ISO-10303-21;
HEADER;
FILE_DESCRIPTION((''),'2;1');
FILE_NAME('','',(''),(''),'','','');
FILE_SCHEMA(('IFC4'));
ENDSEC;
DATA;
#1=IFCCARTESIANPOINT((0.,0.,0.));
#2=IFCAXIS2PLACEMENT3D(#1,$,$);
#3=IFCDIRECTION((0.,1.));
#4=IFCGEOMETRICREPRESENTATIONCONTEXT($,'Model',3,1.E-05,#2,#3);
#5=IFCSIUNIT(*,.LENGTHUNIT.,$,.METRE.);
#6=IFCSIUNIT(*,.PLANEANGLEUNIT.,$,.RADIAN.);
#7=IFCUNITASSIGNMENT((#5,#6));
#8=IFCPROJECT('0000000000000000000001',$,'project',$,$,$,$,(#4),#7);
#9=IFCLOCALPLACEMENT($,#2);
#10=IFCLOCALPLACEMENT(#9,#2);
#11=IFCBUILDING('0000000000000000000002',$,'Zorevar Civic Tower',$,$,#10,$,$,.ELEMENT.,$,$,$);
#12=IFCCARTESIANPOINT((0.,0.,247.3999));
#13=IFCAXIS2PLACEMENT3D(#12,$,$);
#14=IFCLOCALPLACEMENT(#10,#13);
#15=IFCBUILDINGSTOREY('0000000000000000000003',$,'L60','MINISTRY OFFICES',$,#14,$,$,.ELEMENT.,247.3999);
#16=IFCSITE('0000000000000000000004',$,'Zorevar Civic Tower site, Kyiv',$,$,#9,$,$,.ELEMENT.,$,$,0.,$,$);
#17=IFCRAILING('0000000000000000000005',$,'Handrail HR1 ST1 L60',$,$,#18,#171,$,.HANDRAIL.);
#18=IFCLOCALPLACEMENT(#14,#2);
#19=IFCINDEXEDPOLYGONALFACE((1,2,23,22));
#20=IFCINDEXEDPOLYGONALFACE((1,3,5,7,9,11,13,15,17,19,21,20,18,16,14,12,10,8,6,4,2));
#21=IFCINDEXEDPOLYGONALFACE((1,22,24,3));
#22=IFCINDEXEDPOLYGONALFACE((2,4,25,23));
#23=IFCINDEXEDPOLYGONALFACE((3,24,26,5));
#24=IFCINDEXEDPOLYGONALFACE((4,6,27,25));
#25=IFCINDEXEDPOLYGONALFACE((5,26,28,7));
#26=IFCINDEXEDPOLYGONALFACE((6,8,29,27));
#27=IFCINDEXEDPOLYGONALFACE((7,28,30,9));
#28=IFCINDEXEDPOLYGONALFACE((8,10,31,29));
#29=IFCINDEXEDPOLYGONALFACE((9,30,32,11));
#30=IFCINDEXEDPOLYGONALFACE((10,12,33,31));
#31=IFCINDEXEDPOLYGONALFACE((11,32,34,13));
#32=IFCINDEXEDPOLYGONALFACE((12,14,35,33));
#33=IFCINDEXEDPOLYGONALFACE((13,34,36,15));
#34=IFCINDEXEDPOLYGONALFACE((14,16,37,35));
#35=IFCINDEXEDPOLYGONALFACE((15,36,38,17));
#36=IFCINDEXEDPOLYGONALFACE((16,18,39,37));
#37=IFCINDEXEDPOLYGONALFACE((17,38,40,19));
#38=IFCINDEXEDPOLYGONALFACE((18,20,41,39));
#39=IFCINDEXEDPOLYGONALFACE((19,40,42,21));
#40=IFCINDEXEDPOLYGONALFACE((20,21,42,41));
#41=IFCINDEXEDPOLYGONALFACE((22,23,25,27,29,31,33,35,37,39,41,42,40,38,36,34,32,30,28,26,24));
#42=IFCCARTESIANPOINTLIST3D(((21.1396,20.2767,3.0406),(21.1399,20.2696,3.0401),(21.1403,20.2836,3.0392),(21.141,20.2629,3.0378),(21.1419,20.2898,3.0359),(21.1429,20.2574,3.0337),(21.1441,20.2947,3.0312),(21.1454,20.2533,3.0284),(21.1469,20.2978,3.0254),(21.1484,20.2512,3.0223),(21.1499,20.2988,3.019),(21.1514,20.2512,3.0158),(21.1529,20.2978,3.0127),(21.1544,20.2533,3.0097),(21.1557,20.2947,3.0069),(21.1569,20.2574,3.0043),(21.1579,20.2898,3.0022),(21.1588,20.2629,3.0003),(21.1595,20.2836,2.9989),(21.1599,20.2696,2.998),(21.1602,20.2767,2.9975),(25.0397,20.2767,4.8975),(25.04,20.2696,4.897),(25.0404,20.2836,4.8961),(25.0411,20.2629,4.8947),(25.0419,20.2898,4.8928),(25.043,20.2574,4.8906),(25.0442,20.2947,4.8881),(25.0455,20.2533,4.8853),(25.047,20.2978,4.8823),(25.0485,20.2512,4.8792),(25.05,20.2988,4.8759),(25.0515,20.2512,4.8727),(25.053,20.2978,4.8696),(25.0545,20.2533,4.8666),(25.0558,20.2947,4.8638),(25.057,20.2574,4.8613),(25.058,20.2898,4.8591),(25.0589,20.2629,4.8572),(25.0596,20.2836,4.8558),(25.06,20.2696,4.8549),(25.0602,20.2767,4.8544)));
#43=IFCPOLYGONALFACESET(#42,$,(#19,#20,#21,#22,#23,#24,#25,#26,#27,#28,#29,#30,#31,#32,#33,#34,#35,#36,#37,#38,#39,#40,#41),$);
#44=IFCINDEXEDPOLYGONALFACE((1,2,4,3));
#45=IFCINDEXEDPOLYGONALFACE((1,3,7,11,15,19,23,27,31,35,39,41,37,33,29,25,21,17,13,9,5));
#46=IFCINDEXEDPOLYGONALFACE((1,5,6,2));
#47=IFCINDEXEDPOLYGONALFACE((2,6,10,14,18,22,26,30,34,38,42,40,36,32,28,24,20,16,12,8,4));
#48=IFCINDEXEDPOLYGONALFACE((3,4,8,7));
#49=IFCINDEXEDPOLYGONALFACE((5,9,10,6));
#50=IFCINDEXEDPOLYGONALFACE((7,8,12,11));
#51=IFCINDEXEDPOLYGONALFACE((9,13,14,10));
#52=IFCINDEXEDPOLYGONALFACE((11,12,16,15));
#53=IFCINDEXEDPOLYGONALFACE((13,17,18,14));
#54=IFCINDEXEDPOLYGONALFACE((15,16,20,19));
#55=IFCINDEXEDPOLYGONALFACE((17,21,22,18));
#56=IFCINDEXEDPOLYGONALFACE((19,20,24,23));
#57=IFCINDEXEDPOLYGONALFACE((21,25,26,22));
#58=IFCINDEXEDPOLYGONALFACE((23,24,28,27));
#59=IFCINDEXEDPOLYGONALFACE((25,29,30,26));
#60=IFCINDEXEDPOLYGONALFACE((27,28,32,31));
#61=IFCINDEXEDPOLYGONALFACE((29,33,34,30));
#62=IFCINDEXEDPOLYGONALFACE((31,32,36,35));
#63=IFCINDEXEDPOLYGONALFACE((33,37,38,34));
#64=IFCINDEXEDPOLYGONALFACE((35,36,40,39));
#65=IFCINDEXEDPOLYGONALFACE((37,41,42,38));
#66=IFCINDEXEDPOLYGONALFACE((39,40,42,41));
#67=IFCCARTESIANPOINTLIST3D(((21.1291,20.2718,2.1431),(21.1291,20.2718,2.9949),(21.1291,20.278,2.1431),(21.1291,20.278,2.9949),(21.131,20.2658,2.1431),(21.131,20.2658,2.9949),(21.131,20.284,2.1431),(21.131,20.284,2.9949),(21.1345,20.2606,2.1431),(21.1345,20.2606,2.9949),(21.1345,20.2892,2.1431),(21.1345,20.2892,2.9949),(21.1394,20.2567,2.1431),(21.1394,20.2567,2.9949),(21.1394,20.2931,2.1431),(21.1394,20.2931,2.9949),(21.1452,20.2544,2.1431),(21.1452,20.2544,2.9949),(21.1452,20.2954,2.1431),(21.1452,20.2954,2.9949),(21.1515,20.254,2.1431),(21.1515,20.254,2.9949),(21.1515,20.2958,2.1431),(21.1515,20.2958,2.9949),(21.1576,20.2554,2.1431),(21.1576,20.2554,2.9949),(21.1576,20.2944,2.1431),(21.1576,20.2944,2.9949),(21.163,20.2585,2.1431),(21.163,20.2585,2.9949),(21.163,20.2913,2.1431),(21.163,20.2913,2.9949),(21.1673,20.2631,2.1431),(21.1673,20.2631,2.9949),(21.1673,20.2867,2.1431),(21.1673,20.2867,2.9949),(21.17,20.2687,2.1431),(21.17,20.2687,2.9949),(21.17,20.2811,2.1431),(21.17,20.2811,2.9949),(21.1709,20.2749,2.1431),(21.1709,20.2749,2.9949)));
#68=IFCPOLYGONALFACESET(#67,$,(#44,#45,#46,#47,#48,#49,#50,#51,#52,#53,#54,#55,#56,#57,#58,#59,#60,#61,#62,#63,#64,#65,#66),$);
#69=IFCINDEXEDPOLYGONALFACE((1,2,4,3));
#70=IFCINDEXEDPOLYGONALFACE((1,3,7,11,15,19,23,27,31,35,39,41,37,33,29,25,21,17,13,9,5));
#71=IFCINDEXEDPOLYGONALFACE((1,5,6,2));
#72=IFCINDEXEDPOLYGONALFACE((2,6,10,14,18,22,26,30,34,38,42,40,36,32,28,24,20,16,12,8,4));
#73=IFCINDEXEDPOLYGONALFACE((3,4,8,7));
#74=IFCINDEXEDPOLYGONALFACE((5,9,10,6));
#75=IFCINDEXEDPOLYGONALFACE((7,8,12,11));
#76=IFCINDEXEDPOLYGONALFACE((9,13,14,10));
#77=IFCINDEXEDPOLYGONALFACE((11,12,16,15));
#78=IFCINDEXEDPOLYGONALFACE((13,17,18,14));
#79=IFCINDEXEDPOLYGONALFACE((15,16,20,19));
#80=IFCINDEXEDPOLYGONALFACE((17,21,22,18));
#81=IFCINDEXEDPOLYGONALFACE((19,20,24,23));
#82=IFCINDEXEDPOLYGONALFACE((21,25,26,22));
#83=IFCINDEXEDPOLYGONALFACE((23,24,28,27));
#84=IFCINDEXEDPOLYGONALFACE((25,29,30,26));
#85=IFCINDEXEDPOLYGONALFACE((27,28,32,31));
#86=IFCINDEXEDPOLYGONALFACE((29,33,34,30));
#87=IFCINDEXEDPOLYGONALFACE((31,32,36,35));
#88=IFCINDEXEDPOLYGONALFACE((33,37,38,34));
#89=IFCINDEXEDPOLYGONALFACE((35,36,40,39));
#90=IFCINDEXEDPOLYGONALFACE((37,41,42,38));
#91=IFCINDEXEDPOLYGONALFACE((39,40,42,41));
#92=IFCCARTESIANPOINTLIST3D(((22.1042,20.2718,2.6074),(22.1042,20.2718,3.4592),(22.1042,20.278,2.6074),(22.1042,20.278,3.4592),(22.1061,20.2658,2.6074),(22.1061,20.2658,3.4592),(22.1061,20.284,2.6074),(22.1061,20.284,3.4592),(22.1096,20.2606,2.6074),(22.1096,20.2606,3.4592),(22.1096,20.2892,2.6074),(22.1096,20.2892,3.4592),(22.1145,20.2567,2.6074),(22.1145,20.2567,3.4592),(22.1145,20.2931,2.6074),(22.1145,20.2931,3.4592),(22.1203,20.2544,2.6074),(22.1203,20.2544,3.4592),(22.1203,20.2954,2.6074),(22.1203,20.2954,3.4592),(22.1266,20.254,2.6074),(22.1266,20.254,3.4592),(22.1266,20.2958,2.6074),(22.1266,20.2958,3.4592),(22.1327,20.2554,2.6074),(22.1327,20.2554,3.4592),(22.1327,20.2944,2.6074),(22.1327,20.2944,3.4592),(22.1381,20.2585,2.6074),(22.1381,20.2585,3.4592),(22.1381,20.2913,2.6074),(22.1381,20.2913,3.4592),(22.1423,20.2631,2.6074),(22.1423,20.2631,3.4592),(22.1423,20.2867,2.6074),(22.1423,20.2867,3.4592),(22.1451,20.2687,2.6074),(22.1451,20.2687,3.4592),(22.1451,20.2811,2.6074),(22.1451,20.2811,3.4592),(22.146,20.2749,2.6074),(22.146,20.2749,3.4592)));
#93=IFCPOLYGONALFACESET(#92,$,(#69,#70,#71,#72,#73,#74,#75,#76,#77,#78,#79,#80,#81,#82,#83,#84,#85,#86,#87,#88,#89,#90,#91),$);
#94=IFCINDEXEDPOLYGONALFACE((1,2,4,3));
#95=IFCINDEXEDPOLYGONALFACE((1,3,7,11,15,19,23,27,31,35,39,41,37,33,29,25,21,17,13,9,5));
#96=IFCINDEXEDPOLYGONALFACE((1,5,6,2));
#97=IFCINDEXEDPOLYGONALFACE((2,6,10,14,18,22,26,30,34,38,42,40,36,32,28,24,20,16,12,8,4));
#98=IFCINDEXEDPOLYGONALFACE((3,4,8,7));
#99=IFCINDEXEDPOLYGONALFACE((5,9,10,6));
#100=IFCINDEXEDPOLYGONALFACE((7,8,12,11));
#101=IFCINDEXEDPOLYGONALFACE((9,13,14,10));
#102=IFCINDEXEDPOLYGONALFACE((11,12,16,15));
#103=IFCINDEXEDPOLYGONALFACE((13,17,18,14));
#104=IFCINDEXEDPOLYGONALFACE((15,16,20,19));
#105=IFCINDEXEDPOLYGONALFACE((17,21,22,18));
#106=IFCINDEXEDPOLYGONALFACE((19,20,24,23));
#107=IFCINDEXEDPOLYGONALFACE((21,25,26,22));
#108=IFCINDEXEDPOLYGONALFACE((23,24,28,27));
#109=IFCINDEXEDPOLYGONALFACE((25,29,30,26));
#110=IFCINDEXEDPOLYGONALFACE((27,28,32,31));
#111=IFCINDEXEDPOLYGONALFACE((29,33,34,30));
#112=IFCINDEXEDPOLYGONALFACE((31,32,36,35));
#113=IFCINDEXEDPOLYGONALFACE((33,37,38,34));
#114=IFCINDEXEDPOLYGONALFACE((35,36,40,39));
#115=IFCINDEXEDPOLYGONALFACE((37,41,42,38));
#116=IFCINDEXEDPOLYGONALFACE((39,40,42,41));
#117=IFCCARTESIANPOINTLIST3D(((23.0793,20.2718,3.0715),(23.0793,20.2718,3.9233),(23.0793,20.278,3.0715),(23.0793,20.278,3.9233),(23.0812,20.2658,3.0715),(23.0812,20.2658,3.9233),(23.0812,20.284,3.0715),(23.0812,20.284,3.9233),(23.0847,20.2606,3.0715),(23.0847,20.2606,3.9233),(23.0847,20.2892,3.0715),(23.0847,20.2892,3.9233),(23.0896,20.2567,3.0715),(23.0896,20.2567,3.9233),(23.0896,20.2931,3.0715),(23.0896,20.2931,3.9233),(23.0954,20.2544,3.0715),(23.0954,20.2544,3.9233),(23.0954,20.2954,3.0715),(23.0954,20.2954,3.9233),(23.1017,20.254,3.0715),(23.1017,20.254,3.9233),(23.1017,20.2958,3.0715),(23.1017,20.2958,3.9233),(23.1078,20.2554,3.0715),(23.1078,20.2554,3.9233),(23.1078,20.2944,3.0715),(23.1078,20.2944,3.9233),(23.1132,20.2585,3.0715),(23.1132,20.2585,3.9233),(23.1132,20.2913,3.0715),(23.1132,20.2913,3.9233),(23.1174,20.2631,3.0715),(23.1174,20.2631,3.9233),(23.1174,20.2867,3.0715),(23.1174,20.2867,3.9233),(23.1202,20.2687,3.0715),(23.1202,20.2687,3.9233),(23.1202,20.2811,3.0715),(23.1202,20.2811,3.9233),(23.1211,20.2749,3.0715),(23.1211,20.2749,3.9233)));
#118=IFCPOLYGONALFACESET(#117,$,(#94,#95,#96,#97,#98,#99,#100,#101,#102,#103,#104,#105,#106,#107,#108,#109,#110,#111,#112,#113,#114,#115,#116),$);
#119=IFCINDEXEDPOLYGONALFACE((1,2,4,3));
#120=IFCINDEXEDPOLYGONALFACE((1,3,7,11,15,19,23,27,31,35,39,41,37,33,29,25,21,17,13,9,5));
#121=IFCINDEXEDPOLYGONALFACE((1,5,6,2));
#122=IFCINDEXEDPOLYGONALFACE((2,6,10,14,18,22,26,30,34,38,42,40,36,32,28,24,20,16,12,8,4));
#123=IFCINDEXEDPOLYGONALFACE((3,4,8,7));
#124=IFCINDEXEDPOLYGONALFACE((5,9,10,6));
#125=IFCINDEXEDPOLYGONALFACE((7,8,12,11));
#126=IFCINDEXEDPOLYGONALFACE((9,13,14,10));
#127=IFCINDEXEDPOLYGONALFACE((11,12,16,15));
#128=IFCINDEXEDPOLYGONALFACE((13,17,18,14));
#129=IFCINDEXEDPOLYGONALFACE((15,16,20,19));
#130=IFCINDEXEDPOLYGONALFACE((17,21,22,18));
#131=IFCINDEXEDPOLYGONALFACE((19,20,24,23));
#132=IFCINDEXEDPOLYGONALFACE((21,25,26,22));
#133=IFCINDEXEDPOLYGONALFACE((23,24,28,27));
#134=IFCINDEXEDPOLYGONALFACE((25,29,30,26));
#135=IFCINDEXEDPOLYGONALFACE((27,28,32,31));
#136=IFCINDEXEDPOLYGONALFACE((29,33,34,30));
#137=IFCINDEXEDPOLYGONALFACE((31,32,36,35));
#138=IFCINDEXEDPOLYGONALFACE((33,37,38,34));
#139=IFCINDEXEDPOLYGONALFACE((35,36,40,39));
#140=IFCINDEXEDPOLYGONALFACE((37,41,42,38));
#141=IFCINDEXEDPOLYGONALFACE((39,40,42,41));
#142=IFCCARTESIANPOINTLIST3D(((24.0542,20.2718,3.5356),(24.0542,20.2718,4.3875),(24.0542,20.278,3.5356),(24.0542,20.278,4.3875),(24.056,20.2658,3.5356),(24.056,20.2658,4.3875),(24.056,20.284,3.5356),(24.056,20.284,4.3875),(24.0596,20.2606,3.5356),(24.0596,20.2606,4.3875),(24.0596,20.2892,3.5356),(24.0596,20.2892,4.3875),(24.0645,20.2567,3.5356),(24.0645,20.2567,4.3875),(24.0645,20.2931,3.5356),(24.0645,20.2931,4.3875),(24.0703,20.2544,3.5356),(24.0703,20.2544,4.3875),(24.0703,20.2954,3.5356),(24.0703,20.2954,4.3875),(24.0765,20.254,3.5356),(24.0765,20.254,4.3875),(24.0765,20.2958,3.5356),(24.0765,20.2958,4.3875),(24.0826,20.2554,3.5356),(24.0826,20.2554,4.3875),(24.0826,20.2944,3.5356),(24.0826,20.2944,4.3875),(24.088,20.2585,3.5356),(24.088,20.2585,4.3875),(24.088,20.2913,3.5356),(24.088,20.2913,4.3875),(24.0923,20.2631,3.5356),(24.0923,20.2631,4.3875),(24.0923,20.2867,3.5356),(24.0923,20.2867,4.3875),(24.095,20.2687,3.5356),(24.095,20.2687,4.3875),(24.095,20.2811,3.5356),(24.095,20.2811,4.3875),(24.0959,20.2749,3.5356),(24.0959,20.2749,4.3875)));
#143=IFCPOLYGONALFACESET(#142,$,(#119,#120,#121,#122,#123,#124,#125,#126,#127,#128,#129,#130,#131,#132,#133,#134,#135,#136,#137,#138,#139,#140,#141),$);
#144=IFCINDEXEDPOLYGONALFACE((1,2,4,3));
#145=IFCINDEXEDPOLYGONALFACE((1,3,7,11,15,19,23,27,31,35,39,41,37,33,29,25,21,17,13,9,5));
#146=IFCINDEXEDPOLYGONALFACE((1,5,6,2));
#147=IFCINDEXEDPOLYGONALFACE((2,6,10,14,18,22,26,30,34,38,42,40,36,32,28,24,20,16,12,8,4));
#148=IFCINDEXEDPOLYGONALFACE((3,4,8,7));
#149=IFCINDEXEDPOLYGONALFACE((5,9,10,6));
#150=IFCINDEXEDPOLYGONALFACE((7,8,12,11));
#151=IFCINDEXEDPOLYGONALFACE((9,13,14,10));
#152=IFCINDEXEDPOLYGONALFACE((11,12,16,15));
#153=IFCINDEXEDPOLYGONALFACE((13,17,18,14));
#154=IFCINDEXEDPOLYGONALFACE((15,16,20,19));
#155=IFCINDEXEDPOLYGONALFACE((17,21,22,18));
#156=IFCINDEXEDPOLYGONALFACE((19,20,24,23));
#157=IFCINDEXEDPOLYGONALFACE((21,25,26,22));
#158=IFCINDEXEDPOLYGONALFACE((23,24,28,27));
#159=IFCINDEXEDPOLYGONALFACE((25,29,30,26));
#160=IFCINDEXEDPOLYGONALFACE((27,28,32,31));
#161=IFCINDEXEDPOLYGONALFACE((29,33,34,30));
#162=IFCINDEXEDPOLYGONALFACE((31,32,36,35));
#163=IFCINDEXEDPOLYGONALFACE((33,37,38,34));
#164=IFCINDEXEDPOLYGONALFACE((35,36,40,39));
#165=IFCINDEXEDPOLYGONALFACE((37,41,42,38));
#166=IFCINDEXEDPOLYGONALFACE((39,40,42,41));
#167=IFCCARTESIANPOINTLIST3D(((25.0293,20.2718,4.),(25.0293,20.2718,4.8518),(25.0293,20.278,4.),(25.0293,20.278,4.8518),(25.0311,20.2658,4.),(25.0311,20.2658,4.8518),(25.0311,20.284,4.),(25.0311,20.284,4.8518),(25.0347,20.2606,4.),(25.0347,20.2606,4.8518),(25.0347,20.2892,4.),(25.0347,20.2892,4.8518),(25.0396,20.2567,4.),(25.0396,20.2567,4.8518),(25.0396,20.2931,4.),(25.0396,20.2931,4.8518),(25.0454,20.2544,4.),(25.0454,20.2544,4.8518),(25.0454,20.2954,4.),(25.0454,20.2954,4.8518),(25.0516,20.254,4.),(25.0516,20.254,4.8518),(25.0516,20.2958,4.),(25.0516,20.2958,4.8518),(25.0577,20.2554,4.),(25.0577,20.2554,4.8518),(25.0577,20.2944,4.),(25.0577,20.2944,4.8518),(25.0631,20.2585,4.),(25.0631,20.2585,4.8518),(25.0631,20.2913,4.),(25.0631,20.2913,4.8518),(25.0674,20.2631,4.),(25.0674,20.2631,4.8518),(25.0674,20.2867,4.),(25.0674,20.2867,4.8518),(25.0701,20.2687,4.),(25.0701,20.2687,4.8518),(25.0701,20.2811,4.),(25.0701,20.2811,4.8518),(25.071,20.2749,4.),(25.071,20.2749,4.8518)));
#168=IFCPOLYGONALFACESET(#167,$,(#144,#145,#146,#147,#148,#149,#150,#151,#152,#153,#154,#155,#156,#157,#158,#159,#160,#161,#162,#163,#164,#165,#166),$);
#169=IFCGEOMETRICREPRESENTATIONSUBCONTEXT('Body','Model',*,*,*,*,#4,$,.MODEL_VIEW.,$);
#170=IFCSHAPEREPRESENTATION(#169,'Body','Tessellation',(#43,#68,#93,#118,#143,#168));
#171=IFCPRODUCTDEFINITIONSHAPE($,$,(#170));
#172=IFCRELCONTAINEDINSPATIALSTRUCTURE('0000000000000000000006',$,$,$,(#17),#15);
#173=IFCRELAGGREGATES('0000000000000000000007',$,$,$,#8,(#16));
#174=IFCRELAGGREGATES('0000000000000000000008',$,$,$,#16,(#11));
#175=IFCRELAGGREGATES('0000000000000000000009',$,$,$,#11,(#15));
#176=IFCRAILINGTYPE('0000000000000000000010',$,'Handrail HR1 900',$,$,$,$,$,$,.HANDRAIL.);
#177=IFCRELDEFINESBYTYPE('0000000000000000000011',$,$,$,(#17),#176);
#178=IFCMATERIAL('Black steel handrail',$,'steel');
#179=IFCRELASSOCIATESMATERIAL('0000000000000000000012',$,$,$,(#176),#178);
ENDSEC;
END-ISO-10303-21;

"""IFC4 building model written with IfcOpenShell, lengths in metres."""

from ifc_helpers import new_model, si_unit, direction, frame, origin, origin_2d, place, context, subcontext, project, spatial, circle, extrude, material, type_object, element, save


model = new_model("IFC4")

# Units and contexts
model_context = context("Model", 3, precision=1e-05, world=origin(), true_north=direction((0.0, 1.0)))
body_context = subcontext(model_context, "Body", "Model", "MODEL_VIEW")
ifc_project = project(units=[si_unit("LENGTHUNIT", "METRE"), si_unit("PLANEANGLEUNIT", "RADIAN")], contexts=[model_context])

# Site, building, storey
site_placement = place(None, origin())
site = spatial("IfcSite", under=ifc_project, at=site_placement, Name="Zorevar Civic Tower site, Kyiv", CompositionType="ELEMENT", RefElevation=0.0)
building_placement = place(site_placement, origin())
building = spatial("IfcBuilding", under=site, at=building_placement, Name="Zorevar Civic Tower", CompositionType="ELEMENT")
storey_placement = place(building_placement, frame((0.0, 0.0, 247.3999)))
storey = spatial("IfcBuildingStorey", under=building, at=storey_placement, Name="L60", Description="MINISTRY OFFICES", CompositionType="ELEMENT", Elevation=247.3999)

# Railing
ifc_material_1 = material(Name="Black steel handrail", Category="steel")
railing_type = type_object("IfcRailingType", Name="Handrail HR1 900", PredefinedType="HANDRAIL", material=ifc_material_1)
railing_1_placement = place(storey_placement, frame((21.1499, 20.2749, 2.1431)))
element("IfcRailing", 1, at=railing_1_placement, inside=storey, type_object=railing_type, Name="Handrail HR1 ST1 L60", PredefinedType="HANDRAIL", context=body_context, shape_type="SweptSolid", body=[
    extrude(circle(Radius=0.0239, at=origin_2d()), frame((0.0, 0.0, 0.876), z_axis=(0.902886, 0.0, 0.429881), x_axis=(0.0, 1.0, 0.0)), (0.0, 0.0, 1.0), 4.3196),
    extrude(circle(Radius=0.021, at=origin_2d()), origin(), (0.0, 0.0, 1.0), 0.8518),
    extrude(circle(Radius=0.021, at=origin_2d()), frame((0.9751, 0.0, 0.4644)), (0.0, 0.0, 1.0), 0.8518),
    extrude(circle(Radius=0.021, at=origin_2d()), frame((1.9502, 0.0, 0.9285)), (0.0, 0.0, 1.0), 0.8518),
    extrude(circle(Radius=0.021, at=origin_2d()), frame((2.925, 0.0, 1.3926)), (0.0, 0.0, 1.0), 0.8518),
    extrude(circle(Radius=0.021, at=origin_2d()), frame((3.9001, 0.0, 1.8569)), (0.0, 0.0, 1.0), 0.8518),
])

save(model, "model.ifc")
